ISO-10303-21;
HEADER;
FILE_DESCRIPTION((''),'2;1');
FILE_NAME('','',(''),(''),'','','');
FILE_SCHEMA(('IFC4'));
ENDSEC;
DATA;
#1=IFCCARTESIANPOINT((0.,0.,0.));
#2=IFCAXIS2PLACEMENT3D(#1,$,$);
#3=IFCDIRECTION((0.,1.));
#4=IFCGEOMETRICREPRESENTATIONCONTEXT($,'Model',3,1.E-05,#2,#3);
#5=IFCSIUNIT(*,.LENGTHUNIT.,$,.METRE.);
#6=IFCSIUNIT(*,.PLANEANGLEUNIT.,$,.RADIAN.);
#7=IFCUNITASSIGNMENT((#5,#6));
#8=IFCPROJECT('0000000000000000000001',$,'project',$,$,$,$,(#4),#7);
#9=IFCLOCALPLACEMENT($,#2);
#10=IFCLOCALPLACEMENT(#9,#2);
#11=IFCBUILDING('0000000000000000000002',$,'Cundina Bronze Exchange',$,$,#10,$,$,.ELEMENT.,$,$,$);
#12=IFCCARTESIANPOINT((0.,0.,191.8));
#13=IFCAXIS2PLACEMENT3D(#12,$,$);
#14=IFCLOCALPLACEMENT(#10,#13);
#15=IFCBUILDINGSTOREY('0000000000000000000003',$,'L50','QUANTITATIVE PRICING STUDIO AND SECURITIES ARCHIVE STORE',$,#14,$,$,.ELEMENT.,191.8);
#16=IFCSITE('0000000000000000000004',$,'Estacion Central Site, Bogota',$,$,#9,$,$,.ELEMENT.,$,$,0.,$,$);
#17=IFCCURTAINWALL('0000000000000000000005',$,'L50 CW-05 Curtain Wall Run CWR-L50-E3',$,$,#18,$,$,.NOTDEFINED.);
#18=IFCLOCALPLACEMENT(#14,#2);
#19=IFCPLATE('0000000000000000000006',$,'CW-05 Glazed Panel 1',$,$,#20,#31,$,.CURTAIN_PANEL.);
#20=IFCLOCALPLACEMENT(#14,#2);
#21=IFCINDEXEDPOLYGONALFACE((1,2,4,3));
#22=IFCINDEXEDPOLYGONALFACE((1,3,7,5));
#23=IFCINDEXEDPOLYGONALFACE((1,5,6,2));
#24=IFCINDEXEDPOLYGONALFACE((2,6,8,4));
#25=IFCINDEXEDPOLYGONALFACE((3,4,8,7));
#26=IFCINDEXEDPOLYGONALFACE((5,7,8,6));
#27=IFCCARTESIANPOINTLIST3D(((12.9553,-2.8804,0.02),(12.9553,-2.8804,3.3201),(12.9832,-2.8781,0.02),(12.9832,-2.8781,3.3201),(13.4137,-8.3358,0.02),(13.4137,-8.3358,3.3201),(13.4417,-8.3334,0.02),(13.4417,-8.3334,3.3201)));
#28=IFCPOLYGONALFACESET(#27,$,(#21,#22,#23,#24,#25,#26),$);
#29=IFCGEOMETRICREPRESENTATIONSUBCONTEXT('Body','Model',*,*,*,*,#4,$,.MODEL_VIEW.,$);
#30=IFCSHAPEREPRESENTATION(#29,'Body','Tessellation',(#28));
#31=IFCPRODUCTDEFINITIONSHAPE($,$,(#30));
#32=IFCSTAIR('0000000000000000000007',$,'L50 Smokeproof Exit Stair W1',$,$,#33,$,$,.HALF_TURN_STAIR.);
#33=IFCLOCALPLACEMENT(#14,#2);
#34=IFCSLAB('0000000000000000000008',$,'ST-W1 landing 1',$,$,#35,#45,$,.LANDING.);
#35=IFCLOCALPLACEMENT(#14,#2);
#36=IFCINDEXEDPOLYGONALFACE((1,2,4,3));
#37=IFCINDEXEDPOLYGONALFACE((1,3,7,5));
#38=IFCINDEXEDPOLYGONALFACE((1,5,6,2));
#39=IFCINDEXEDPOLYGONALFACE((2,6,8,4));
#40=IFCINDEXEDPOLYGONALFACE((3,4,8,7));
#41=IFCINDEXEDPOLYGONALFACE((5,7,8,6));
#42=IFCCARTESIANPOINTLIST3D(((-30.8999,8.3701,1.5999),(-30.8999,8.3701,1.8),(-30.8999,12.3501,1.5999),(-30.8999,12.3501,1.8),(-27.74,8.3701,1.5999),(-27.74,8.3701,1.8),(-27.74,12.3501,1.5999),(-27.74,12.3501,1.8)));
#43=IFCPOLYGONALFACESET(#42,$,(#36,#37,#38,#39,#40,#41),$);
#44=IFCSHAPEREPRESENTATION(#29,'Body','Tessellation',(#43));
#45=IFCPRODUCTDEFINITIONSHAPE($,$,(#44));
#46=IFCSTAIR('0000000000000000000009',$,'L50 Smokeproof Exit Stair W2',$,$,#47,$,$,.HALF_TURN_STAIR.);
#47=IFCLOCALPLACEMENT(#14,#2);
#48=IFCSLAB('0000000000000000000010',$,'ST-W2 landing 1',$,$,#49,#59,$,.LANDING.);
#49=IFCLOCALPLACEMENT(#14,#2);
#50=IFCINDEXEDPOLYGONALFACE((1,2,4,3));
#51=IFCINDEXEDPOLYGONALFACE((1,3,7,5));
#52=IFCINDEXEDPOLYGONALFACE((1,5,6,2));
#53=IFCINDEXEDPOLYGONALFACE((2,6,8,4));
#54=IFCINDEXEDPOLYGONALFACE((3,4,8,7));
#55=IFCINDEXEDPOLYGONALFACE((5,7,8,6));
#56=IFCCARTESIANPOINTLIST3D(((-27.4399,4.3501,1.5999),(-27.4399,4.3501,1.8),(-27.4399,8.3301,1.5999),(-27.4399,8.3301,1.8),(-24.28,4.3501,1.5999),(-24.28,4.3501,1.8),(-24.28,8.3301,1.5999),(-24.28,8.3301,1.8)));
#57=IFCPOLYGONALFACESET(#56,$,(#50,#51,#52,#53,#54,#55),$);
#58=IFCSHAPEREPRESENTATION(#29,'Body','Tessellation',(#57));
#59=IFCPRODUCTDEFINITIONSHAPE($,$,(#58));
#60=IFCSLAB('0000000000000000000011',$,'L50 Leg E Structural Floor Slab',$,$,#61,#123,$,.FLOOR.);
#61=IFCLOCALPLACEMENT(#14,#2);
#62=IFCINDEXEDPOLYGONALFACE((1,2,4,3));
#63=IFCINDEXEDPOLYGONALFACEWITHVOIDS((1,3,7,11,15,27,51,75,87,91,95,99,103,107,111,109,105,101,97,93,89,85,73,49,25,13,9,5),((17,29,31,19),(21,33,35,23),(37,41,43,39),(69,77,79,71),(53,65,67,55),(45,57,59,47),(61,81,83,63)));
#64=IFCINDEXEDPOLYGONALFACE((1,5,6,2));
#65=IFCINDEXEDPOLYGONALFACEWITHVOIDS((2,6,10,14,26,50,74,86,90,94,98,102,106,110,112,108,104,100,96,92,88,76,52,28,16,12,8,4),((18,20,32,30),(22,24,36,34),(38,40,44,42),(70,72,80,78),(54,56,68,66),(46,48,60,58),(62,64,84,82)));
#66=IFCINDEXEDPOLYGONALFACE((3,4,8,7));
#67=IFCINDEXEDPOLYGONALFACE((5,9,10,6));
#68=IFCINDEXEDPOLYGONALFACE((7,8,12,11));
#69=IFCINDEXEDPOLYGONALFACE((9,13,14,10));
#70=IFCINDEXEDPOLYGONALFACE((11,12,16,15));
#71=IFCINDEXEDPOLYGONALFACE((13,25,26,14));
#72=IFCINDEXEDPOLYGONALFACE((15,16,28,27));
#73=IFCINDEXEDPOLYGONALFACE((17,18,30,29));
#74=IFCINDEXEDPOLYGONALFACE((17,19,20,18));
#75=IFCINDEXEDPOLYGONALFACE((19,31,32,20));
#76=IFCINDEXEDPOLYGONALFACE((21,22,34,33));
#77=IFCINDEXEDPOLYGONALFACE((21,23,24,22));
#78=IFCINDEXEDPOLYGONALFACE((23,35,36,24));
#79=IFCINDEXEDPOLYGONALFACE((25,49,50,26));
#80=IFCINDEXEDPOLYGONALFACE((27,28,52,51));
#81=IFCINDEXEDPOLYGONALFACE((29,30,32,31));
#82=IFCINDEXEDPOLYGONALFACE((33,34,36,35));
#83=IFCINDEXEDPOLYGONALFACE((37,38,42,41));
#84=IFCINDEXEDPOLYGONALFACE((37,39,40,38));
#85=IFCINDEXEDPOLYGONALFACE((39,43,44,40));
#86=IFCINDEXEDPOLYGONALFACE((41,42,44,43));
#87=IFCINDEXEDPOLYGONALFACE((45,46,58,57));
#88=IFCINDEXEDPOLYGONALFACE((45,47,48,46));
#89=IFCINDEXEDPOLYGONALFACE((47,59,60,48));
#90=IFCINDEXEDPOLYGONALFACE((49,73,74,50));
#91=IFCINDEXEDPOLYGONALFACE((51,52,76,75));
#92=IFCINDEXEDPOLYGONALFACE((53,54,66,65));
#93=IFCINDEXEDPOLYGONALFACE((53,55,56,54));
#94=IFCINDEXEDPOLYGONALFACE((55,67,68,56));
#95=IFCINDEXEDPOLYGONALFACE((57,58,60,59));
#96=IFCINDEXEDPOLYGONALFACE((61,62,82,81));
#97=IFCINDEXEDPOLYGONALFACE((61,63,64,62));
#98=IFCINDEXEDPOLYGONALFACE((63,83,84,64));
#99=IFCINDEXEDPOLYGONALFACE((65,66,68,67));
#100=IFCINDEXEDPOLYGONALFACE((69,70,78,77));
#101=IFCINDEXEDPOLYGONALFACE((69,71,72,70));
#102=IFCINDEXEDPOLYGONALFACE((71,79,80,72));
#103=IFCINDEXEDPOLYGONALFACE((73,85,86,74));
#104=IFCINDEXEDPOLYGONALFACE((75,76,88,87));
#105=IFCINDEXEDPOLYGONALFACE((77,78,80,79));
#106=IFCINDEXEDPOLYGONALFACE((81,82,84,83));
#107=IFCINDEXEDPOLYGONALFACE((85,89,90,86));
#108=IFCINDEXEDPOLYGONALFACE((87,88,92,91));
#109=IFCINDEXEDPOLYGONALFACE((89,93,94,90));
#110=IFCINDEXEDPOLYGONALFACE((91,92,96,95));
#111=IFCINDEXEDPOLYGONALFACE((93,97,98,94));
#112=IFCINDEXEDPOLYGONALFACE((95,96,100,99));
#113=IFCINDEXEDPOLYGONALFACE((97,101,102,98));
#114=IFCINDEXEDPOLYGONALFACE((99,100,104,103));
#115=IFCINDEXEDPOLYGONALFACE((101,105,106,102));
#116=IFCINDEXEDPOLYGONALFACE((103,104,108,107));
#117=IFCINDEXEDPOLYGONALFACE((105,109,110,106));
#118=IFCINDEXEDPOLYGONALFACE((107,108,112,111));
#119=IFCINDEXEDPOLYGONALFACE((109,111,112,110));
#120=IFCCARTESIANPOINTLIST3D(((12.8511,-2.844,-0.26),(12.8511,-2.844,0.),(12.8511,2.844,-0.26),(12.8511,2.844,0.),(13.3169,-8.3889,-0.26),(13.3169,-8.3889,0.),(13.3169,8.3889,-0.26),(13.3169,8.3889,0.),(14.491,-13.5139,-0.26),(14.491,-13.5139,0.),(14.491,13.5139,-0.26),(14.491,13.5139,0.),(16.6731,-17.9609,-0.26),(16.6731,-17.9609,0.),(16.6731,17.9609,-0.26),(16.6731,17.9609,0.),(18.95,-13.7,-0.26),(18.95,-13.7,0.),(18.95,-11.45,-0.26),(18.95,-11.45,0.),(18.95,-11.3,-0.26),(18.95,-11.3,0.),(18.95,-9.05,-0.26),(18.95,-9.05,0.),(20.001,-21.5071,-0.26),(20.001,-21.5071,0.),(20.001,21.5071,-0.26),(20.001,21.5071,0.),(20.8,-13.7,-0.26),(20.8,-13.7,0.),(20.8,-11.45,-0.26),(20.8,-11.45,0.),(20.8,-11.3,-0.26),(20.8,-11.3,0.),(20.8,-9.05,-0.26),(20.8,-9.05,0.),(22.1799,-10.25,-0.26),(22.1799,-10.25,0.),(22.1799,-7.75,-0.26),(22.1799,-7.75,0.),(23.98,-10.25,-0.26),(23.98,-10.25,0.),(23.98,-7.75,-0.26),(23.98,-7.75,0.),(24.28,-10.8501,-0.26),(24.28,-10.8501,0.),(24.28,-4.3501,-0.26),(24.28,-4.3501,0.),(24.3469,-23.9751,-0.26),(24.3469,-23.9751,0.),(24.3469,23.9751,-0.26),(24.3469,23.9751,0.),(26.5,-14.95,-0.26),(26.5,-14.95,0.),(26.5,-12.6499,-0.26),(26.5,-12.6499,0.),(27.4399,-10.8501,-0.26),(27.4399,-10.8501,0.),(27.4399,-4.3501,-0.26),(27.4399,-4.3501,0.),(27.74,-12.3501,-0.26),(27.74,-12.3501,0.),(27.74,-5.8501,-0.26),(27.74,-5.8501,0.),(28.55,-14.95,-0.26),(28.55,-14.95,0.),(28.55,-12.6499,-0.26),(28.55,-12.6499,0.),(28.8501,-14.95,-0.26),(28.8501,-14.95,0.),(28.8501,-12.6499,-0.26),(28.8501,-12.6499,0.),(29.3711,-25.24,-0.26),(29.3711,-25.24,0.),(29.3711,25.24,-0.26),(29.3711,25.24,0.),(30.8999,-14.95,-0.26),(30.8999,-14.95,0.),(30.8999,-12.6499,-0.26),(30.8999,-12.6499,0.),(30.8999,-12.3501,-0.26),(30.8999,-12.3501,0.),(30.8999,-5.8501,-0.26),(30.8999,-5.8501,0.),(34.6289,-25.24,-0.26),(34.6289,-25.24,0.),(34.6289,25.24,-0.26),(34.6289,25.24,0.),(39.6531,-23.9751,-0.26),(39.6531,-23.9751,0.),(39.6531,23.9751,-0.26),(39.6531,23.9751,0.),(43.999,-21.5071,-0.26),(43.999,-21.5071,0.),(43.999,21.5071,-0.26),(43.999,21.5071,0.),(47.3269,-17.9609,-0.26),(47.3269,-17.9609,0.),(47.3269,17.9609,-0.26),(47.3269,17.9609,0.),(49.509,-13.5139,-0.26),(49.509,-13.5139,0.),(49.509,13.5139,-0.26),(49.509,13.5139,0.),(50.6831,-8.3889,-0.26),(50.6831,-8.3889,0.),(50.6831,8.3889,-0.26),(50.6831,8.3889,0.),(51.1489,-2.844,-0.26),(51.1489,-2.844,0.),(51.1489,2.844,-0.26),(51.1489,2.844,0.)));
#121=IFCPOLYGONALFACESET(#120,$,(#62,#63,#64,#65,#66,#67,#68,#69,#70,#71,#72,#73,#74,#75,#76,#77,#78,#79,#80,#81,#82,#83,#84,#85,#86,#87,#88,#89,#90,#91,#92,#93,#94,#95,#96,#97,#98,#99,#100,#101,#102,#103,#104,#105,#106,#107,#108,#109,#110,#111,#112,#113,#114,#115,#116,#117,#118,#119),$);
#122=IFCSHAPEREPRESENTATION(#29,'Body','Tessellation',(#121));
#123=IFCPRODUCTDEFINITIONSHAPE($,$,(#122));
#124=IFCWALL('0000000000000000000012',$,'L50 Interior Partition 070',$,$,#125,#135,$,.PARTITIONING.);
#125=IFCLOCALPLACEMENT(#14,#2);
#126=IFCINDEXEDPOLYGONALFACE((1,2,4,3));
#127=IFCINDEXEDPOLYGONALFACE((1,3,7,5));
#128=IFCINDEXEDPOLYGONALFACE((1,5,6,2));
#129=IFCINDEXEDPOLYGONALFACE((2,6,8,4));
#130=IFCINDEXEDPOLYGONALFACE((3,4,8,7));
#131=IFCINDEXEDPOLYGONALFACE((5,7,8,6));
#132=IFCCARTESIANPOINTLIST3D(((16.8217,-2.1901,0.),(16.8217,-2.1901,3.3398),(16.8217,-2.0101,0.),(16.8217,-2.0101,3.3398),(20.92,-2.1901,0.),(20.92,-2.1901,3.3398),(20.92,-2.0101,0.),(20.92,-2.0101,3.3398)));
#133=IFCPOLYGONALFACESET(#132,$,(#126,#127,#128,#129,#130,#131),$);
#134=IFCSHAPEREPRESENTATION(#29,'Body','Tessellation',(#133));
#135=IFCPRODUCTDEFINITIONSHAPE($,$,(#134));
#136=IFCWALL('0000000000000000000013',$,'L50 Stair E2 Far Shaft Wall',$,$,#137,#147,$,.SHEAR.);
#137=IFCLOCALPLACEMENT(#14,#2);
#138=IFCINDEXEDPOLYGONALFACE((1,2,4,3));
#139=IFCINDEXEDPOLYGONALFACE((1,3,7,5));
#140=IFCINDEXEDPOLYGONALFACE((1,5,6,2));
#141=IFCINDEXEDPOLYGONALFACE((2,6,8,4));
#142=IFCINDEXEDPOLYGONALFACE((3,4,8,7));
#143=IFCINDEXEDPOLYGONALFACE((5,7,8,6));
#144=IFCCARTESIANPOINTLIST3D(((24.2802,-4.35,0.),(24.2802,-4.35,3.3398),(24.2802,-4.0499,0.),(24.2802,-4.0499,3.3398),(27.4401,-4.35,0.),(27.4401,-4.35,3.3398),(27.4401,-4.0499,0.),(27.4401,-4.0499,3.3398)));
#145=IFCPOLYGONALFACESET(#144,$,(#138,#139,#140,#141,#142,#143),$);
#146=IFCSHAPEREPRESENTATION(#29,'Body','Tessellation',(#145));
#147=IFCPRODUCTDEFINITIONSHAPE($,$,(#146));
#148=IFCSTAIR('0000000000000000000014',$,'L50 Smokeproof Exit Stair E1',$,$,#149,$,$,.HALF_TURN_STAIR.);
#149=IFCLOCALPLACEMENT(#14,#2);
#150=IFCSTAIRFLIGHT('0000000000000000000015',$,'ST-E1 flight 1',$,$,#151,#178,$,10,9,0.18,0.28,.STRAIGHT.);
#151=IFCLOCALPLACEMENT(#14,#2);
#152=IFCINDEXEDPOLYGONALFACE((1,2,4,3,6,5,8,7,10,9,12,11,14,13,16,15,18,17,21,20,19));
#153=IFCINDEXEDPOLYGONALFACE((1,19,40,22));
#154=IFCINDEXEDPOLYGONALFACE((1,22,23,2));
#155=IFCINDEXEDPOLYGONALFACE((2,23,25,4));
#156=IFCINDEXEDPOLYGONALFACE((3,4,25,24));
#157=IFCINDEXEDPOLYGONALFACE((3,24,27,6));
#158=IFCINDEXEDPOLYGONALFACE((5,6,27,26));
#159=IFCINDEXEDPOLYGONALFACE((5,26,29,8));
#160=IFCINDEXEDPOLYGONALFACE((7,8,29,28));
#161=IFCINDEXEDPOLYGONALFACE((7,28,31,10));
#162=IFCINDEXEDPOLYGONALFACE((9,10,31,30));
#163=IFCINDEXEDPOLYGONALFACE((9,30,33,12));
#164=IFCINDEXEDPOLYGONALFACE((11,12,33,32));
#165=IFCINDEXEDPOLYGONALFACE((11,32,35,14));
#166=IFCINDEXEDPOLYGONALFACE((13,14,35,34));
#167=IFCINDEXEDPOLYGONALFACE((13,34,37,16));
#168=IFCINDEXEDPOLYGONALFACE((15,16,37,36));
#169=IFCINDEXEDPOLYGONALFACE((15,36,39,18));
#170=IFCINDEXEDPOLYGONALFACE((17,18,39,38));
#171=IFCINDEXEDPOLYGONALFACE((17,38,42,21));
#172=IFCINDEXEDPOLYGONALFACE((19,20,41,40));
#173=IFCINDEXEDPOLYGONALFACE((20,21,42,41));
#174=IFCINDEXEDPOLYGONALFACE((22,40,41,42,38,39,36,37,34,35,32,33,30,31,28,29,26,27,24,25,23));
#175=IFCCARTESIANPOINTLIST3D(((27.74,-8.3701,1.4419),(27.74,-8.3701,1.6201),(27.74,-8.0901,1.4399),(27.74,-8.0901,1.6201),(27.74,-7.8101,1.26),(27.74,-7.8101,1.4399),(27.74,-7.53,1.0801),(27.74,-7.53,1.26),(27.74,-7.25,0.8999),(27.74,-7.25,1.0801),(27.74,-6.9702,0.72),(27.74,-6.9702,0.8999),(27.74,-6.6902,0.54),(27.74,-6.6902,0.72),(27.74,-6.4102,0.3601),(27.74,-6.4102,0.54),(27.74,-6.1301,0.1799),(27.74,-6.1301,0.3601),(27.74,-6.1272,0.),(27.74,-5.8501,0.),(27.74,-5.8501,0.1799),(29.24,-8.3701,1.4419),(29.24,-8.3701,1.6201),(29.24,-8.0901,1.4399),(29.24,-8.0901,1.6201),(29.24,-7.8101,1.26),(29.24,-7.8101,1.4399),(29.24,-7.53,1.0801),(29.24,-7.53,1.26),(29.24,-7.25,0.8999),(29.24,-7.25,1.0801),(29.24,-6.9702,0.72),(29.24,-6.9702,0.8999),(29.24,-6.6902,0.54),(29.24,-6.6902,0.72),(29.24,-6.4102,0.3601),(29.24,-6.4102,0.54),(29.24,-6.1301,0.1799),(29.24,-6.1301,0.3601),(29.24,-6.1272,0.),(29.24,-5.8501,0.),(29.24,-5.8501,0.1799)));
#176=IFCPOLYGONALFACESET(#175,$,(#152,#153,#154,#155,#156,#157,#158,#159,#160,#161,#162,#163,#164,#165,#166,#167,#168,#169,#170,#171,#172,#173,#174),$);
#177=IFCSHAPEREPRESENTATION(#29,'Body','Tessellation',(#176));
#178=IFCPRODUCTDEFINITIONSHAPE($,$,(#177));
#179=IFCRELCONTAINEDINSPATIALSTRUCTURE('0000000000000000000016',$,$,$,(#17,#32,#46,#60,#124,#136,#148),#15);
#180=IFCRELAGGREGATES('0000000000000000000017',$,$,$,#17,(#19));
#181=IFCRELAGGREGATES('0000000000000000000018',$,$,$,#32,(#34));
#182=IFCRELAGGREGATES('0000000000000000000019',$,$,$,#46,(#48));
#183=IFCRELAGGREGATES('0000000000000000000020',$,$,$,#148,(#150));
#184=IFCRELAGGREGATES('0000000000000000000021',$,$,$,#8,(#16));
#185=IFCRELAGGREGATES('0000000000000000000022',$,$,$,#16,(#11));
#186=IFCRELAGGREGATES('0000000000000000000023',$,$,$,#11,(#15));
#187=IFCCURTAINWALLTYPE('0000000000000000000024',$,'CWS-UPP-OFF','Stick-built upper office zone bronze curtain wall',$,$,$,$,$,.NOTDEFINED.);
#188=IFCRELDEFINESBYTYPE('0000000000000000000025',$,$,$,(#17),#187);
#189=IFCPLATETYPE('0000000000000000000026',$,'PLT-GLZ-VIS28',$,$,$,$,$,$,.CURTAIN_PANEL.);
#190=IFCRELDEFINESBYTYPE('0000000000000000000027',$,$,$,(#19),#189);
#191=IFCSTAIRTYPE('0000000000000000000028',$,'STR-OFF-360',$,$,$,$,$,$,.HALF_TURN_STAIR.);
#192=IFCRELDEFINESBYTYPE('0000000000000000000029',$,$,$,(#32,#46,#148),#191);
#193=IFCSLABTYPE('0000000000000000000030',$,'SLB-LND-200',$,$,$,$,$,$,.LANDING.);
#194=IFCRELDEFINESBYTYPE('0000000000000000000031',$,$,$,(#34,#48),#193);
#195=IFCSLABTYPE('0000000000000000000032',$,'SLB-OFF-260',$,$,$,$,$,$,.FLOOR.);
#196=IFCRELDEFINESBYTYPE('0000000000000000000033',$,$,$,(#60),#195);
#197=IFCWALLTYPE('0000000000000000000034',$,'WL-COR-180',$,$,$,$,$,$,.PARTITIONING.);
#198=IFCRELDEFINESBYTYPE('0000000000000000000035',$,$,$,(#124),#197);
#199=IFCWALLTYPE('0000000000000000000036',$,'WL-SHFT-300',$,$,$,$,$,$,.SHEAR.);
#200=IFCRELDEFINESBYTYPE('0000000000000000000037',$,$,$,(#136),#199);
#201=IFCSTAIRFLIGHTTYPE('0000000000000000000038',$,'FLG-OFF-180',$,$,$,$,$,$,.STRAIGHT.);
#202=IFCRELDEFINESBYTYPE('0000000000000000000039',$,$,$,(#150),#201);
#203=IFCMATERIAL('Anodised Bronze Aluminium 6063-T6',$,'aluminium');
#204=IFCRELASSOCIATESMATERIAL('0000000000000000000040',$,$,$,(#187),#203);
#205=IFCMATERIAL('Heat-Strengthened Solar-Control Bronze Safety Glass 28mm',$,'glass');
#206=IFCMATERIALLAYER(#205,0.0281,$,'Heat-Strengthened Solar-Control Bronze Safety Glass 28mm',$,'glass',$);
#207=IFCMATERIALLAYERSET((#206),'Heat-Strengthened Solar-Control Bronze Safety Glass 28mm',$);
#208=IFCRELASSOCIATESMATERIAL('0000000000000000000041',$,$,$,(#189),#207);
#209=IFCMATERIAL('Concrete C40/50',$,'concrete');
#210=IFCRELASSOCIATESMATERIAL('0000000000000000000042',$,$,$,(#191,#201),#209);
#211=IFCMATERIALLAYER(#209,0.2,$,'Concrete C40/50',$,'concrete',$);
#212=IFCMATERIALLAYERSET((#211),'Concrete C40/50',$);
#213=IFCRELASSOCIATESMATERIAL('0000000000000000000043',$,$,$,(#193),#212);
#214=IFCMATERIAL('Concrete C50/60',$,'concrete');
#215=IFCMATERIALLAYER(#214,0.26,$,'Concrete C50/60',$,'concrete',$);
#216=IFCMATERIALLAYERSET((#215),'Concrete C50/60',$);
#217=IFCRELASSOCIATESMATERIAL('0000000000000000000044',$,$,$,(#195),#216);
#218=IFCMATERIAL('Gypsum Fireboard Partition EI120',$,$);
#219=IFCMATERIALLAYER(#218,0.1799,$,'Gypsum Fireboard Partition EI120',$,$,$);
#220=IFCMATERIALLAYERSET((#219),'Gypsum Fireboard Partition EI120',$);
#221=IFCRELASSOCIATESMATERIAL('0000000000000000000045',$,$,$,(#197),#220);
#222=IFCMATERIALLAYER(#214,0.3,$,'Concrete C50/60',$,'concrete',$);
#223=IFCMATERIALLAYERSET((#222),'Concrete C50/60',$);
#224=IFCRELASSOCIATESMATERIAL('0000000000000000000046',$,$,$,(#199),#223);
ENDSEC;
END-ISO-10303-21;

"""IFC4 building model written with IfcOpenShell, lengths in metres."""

from ifc_helpers import new_model, si_unit, direction, frame, frame_2d, origin, origin_2d, place, context, subcontext, project, spatial, polyline, rectangle, outline, extrude, material, layer, layer_set, type_object, element, aggregate, save


model = new_model("IFC4")

# Units and contexts
model_context = context("Model", 3, precision=1e-05, world=origin(), true_north=direction((0.0, 1.0)))
body_context = subcontext(model_context, "Body", "Model", "MODEL_VIEW")
ifc_project = project(units=[si_unit("LENGTHUNIT", "METRE"), si_unit("PLANEANGLEUNIT", "RADIAN")], contexts=[model_context])

# Site, building, storey
site_placement = place(None, origin())
site = spatial("IfcSite", under=ifc_project, at=site_placement, Name="Estacion Central Site, Bogota", CompositionType="ELEMENT", RefElevation=0.0)
building_placement = place(site_placement, origin())
building = spatial("IfcBuilding", under=site, at=building_placement, Name="Cundina Bronze Exchange", CompositionType="ELEMENT")
storey_placement = place(building_placement, frame((0.0, 0.0, 191.8)))
storey = spatial("IfcBuildingStorey", under=building, at=storey_placement, Name="L50", Description="QUANTITATIVE PRICING STUDIO AND SECURITIES ARCHIVE STORE", CompositionType="ELEMENT", Elevation=191.8)

# Shared definitions
ifc_material_1 = material(Name="Concrete C50/60", Category="concrete")

# Shared definitions
ifc_material_2 = material(Name="Anodised Bronze Aluminium 6063-T6", Category="aluminium")
curtain_wall_type = type_object("IfcCurtainWallType", Name="CWS-UPP-OFF", Description="Stick-built upper office zone bronze curtain wall", PredefinedType="NOTDEFINED", material=ifc_material_2)

# Curtain wall, plate
curtain_wall_1_placement = place(storey_placement, origin())
curtain_wall_1 = element("IfcCurtainWall", 1, at=curtain_wall_1_placement, inside=storey, type_object=curtain_wall_type, Name="L50 CW-05 Curtain Wall Run CWR-L50-E3", PredefinedType="NOTDEFINED")
ifc_material_3 = material(Name="Heat-Strengthened Solar-Control Bronze Safety Glass 28mm", Category="glass")
ifc_layer_1 = layer(ifc_material_3, 0.0281, Name="Heat-Strengthened Solar-Control Bronze Safety Glass 28mm", Category="glass")
ifc_layer_set_1 = layer_set([ifc_layer_1], Name="Heat-Strengthened Solar-Control Bronze Safety Glass 28mm")
plate_type = type_object("IfcPlateType", Name="PLT-GLZ-VIS28", PredefinedType="CURTAIN_PANEL", material=ifc_layer_set_1)
plate_placement = place(storey_placement, frame((13.1985, -5.6069, 0.02), z_axis=(0.0, 0.0, 1.0), x_axis=(0.083747, -0.996487, 0.0)))
plate = element("IfcPlate", 2, at=plate_placement, type_object=plate_type, Name="CW-05 Glazed Panel 1", PredefinedType="CURTAIN_PANEL", context=body_context, shape_type="SweptSolid", body=[
    extrude(rectangle(XDim=5.4746, YDim=0.0281, at=origin_2d()), origin(), (0.0, 0.0, 1.0), 3.3),
])
aggregate(curtain_wall_1, [plate])

# Stairs, slabs
ifc_material_4 = material(Name="Concrete C40/50", Category="concrete")
stair_type = type_object("IfcStairType", Name="STR-OFF-360", PredefinedType="HALF_TURN_STAIR", material=ifc_material_4)
stair_1_placement = place(storey_placement, origin())
stair_1 = element("IfcStair", 3, at=stair_1_placement, inside=storey, type_object=stair_type, Name="L50 Smokeproof Exit Stair W1", PredefinedType="HALF_TURN_STAIR")
ifc_layer_2 = layer(ifc_material_4, 0.2, Name="Concrete C40/50", Category="concrete")
ifc_layer_set_2 = layer_set([ifc_layer_2], Name="Concrete C40/50")
slab_type_1 = type_object("IfcSlabType", Name="SLB-LND-200", PredefinedType="LANDING", material=ifc_layer_set_2)
slab_1_placement = place(storey_placement, frame((0.0, 0.0, 1.5999)))
slab_1 = element("IfcSlab", 4, at=slab_1_placement, type_object=slab_type_1, Name="ST-W1 landing 1", PredefinedType="LANDING", context=body_context, shape_type="SweptSolid", body=[
    extrude(outline(polyline([(-27.74, 8.3701), (-27.74, 12.3501), (-30.8999, 12.3501), (-30.8999, 8.3701), (-27.74, 8.3701)])), origin(), (0.0, 0.0, 1.0), 0.2002),
])
aggregate(stair_1, [slab_1])
stair_2_placement = place(storey_placement, origin())
stair_2 = element("IfcStair", 5, at=stair_2_placement, inside=storey, type_object=stair_type, Name="L50 Smokeproof Exit Stair W2", PredefinedType="HALF_TURN_STAIR")
slab_2_placement = place(storey_placement, frame((0.0, 0.0, 1.5999)))
slab_2 = element("IfcSlab", 6, at=slab_2_placement, type_object=slab_type_1, Name="ST-W2 landing 1", PredefinedType="LANDING", context=body_context, shape_type="SweptSolid", body=[
    extrude(outline(polyline([(-27.4399, 8.3301), (-27.4399, 4.3501), (-24.28, 4.3501), (-24.28, 8.3301), (-27.4399, 8.3301)])), origin(), (0.0, 0.0, 1.0), 0.2002),
])
aggregate(stair_2, [slab_2])

# Slab
ifc_layer_3 = layer(ifc_material_1, 0.26, Name="Concrete C50/60", Category="concrete")
ifc_layer_set_3 = layer_set([ifc_layer_3], Name="Concrete C50/60")
slab_type_2 = type_object("IfcSlabType", Name="SLB-OFF-260", PredefinedType="FLOOR", material=ifc_layer_set_3)
slab_3_placement = place(storey_placement, frame((0.0, 0.0, -0.26)))
element("IfcSlab", 7, at=slab_3_placement, inside=storey, type_object=slab_type_2, Name="L50 Leg E Structural Floor Slab", PredefinedType="FLOOR", context=body_context, shape_type="SweptSolid", body=[
    extrude(outline(polyline([(51.1489, 2.844), (50.6831, 8.3889), (49.509, 13.5139), (47.3269, 17.9609), (43.999, 21.5071), (39.6531, 23.9751), (34.6289, 25.24), (29.3711, 25.24), (24.3469, 23.9751), (20.001, 21.5071), (16.6731, 17.9609), (14.491, 13.5139), (13.3169, 8.3889), (12.8511, 2.844), (12.8511, -2.844), (13.3169, -8.3889), (14.491, -13.5139), (16.6731, -17.9609), (20.001, -21.5071), (24.3469, -23.9751), (29.3711, -25.24), (34.6289, -25.24), (39.6531, -23.9751), (43.999, -21.5071), (47.3269, -17.9609), (49.509, -13.5139), (50.6831, -8.3889), (51.1489, -2.844), (51.1489, 2.844)]), holes=[polyline([(27.74, -5.8501), (27.74, -12.3501), (30.8999, -12.3501), (30.8999, -5.8501), (27.74, -5.8501)]), polyline([(27.4399, -10.8501), (27.4399, -4.3501), (24.28, -4.3501), (24.28, -10.8501), (27.4399, -10.8501)]), polyline([(22.1799, -7.75), (23.98, -7.75), (23.98, -10.25), (22.1799, -10.25), (22.1799, -7.75)]), polyline([(28.8501, -12.6499), (30.8999, -12.6499), (30.8999, -14.95), (28.8501, -14.95), (28.8501, -12.6499)]), polyline([(26.5, -12.6499), (28.55, -12.6499), (28.55, -14.95), (26.5, -14.95), (26.5, -12.6499)]), polyline([(18.95, -11.45), (20.8, -11.45), (20.8, -13.7), (18.95, -13.7), (18.95, -11.45)]), polyline([(18.95, -9.05), (20.8, -9.05), (20.8, -11.3), (18.95, -11.3), (18.95, -9.05)])]), origin(), (0.0, 0.0, 1.0), 0.26),
])

# Shared definitions
ifc_material_5 = material(Name="Gypsum Fireboard Partition EI120")
ifc_layer_4 = layer(ifc_material_5, 0.1799, Name="Gypsum Fireboard Partition EI120")
ifc_layer_set_4 = layer_set([ifc_layer_4], Name="Gypsum Fireboard Partition EI120")
wall_type_1 = type_object("IfcWallType", Name="WL-COR-180", PredefinedType="PARTITIONING", material=ifc_layer_set_4)

# Wall
wall_1_placement = place(storey_placement, frame((16.8215, -2.1001, 0.0), z_axis=(0.0, 0.0, 1.0), x_axis=(1.0, 0.0, 0.0)))
element("IfcWall", 8, at=wall_1_placement, inside=storey, type_object=wall_type_1, Name="L50 Interior Partition 070", PredefinedType="PARTITIONING", context=body_context, shape_type="SweptSolid", body=[
    extrude(rectangle(XDim=4.0984, YDim=0.1799, at=frame_2d((2.0493, 0.0))), origin(), (0.0, 0.0, 1.0), 3.3398),
])

# Shared definitions
ifc_layer_5 = layer(ifc_material_1, 0.3, Name="Concrete C50/60", Category="concrete")
ifc_layer_set_5 = layer_set([ifc_layer_5], Name="Concrete C50/60")
wall_type_2 = type_object("IfcWallType", Name="WL-SHFT-300", PredefinedType="SHEAR", material=ifc_layer_set_5)

# Wall
wall_2_placement = place(storey_placement, frame((24.28, -4.2, 0.0), z_axis=(0.0, 0.0, 1.0), x_axis=(1.0, 0.0, 0.0)))
element("IfcWall", 9, at=wall_2_placement, inside=storey, type_object=wall_type_2, Name="L50 Stair E2 Far Shaft Wall", PredefinedType="SHEAR", context=body_context, shape_type="SweptSolid", body=[
    extrude(rectangle(XDim=3.1599, YDim=0.3, at=frame_2d((1.5801, 0.0))), origin(), (0.0, 0.0, 1.0), 3.3398),
])

# Stair, stair flight
stair_3_placement = place(storey_placement, origin())
stair_3 = element("IfcStair", 10, at=stair_3_placement, inside=storey, type_object=stair_type, Name="L50 Smokeproof Exit Stair E1", PredefinedType="HALF_TURN_STAIR")
stair_flight_type = type_object("IfcStairFlightType", Name="FLG-OFF-180", PredefinedType="STRAIGHT", material=ifc_material_4)
stair_flight_placement = place(storey_placement, frame((28.49, -5.8501, 0.0), z_axis=(0.0, 0.0, 1.0), x_axis=(0.0, -1.0, 0.0)))
stair_flight = element("IfcStairFlight", 11, at=stair_flight_placement, type_object=stair_flight_type, Name="ST-E1 flight 1", NumberOfRisers=10, NumberOfTreads=9, PredefinedType="STRAIGHT", RiserHeight=0.18, TreadLength=0.28, context=body_context, shape_type="SweptSolid", body=[
    extrude(outline(polyline([(0.0, 0.0), (0.0, 0.1799), (0.28, 0.1799), (0.28, 0.3601), (0.5601, 0.3601), (0.5601, 0.54), (0.8401, 0.54), (0.8401, 0.72), (1.1201, 0.72), (1.1201, 0.8999), (1.3999, 0.8999), (1.3999, 1.0801), (1.6799, 1.0801), (1.6799, 1.26), (1.96, 1.26), (1.96, 1.4399), (2.24, 1.4399), (2.24, 1.6201), (2.52, 1.6201), (2.52, 1.8), (2.52, 1.4419), (0.2771, 0.0), (0.0, 0.0)])), frame((0.0, 0.75, 0.0), z_axis=(0.0, -1.0, 0.0), x_axis=(1.0, 0.0, 0.0)), (0.0, 0.0, 1.0), 1.5),
])
aggregate(stair_3, [stair_flight])

save(model, "model.ifc")
